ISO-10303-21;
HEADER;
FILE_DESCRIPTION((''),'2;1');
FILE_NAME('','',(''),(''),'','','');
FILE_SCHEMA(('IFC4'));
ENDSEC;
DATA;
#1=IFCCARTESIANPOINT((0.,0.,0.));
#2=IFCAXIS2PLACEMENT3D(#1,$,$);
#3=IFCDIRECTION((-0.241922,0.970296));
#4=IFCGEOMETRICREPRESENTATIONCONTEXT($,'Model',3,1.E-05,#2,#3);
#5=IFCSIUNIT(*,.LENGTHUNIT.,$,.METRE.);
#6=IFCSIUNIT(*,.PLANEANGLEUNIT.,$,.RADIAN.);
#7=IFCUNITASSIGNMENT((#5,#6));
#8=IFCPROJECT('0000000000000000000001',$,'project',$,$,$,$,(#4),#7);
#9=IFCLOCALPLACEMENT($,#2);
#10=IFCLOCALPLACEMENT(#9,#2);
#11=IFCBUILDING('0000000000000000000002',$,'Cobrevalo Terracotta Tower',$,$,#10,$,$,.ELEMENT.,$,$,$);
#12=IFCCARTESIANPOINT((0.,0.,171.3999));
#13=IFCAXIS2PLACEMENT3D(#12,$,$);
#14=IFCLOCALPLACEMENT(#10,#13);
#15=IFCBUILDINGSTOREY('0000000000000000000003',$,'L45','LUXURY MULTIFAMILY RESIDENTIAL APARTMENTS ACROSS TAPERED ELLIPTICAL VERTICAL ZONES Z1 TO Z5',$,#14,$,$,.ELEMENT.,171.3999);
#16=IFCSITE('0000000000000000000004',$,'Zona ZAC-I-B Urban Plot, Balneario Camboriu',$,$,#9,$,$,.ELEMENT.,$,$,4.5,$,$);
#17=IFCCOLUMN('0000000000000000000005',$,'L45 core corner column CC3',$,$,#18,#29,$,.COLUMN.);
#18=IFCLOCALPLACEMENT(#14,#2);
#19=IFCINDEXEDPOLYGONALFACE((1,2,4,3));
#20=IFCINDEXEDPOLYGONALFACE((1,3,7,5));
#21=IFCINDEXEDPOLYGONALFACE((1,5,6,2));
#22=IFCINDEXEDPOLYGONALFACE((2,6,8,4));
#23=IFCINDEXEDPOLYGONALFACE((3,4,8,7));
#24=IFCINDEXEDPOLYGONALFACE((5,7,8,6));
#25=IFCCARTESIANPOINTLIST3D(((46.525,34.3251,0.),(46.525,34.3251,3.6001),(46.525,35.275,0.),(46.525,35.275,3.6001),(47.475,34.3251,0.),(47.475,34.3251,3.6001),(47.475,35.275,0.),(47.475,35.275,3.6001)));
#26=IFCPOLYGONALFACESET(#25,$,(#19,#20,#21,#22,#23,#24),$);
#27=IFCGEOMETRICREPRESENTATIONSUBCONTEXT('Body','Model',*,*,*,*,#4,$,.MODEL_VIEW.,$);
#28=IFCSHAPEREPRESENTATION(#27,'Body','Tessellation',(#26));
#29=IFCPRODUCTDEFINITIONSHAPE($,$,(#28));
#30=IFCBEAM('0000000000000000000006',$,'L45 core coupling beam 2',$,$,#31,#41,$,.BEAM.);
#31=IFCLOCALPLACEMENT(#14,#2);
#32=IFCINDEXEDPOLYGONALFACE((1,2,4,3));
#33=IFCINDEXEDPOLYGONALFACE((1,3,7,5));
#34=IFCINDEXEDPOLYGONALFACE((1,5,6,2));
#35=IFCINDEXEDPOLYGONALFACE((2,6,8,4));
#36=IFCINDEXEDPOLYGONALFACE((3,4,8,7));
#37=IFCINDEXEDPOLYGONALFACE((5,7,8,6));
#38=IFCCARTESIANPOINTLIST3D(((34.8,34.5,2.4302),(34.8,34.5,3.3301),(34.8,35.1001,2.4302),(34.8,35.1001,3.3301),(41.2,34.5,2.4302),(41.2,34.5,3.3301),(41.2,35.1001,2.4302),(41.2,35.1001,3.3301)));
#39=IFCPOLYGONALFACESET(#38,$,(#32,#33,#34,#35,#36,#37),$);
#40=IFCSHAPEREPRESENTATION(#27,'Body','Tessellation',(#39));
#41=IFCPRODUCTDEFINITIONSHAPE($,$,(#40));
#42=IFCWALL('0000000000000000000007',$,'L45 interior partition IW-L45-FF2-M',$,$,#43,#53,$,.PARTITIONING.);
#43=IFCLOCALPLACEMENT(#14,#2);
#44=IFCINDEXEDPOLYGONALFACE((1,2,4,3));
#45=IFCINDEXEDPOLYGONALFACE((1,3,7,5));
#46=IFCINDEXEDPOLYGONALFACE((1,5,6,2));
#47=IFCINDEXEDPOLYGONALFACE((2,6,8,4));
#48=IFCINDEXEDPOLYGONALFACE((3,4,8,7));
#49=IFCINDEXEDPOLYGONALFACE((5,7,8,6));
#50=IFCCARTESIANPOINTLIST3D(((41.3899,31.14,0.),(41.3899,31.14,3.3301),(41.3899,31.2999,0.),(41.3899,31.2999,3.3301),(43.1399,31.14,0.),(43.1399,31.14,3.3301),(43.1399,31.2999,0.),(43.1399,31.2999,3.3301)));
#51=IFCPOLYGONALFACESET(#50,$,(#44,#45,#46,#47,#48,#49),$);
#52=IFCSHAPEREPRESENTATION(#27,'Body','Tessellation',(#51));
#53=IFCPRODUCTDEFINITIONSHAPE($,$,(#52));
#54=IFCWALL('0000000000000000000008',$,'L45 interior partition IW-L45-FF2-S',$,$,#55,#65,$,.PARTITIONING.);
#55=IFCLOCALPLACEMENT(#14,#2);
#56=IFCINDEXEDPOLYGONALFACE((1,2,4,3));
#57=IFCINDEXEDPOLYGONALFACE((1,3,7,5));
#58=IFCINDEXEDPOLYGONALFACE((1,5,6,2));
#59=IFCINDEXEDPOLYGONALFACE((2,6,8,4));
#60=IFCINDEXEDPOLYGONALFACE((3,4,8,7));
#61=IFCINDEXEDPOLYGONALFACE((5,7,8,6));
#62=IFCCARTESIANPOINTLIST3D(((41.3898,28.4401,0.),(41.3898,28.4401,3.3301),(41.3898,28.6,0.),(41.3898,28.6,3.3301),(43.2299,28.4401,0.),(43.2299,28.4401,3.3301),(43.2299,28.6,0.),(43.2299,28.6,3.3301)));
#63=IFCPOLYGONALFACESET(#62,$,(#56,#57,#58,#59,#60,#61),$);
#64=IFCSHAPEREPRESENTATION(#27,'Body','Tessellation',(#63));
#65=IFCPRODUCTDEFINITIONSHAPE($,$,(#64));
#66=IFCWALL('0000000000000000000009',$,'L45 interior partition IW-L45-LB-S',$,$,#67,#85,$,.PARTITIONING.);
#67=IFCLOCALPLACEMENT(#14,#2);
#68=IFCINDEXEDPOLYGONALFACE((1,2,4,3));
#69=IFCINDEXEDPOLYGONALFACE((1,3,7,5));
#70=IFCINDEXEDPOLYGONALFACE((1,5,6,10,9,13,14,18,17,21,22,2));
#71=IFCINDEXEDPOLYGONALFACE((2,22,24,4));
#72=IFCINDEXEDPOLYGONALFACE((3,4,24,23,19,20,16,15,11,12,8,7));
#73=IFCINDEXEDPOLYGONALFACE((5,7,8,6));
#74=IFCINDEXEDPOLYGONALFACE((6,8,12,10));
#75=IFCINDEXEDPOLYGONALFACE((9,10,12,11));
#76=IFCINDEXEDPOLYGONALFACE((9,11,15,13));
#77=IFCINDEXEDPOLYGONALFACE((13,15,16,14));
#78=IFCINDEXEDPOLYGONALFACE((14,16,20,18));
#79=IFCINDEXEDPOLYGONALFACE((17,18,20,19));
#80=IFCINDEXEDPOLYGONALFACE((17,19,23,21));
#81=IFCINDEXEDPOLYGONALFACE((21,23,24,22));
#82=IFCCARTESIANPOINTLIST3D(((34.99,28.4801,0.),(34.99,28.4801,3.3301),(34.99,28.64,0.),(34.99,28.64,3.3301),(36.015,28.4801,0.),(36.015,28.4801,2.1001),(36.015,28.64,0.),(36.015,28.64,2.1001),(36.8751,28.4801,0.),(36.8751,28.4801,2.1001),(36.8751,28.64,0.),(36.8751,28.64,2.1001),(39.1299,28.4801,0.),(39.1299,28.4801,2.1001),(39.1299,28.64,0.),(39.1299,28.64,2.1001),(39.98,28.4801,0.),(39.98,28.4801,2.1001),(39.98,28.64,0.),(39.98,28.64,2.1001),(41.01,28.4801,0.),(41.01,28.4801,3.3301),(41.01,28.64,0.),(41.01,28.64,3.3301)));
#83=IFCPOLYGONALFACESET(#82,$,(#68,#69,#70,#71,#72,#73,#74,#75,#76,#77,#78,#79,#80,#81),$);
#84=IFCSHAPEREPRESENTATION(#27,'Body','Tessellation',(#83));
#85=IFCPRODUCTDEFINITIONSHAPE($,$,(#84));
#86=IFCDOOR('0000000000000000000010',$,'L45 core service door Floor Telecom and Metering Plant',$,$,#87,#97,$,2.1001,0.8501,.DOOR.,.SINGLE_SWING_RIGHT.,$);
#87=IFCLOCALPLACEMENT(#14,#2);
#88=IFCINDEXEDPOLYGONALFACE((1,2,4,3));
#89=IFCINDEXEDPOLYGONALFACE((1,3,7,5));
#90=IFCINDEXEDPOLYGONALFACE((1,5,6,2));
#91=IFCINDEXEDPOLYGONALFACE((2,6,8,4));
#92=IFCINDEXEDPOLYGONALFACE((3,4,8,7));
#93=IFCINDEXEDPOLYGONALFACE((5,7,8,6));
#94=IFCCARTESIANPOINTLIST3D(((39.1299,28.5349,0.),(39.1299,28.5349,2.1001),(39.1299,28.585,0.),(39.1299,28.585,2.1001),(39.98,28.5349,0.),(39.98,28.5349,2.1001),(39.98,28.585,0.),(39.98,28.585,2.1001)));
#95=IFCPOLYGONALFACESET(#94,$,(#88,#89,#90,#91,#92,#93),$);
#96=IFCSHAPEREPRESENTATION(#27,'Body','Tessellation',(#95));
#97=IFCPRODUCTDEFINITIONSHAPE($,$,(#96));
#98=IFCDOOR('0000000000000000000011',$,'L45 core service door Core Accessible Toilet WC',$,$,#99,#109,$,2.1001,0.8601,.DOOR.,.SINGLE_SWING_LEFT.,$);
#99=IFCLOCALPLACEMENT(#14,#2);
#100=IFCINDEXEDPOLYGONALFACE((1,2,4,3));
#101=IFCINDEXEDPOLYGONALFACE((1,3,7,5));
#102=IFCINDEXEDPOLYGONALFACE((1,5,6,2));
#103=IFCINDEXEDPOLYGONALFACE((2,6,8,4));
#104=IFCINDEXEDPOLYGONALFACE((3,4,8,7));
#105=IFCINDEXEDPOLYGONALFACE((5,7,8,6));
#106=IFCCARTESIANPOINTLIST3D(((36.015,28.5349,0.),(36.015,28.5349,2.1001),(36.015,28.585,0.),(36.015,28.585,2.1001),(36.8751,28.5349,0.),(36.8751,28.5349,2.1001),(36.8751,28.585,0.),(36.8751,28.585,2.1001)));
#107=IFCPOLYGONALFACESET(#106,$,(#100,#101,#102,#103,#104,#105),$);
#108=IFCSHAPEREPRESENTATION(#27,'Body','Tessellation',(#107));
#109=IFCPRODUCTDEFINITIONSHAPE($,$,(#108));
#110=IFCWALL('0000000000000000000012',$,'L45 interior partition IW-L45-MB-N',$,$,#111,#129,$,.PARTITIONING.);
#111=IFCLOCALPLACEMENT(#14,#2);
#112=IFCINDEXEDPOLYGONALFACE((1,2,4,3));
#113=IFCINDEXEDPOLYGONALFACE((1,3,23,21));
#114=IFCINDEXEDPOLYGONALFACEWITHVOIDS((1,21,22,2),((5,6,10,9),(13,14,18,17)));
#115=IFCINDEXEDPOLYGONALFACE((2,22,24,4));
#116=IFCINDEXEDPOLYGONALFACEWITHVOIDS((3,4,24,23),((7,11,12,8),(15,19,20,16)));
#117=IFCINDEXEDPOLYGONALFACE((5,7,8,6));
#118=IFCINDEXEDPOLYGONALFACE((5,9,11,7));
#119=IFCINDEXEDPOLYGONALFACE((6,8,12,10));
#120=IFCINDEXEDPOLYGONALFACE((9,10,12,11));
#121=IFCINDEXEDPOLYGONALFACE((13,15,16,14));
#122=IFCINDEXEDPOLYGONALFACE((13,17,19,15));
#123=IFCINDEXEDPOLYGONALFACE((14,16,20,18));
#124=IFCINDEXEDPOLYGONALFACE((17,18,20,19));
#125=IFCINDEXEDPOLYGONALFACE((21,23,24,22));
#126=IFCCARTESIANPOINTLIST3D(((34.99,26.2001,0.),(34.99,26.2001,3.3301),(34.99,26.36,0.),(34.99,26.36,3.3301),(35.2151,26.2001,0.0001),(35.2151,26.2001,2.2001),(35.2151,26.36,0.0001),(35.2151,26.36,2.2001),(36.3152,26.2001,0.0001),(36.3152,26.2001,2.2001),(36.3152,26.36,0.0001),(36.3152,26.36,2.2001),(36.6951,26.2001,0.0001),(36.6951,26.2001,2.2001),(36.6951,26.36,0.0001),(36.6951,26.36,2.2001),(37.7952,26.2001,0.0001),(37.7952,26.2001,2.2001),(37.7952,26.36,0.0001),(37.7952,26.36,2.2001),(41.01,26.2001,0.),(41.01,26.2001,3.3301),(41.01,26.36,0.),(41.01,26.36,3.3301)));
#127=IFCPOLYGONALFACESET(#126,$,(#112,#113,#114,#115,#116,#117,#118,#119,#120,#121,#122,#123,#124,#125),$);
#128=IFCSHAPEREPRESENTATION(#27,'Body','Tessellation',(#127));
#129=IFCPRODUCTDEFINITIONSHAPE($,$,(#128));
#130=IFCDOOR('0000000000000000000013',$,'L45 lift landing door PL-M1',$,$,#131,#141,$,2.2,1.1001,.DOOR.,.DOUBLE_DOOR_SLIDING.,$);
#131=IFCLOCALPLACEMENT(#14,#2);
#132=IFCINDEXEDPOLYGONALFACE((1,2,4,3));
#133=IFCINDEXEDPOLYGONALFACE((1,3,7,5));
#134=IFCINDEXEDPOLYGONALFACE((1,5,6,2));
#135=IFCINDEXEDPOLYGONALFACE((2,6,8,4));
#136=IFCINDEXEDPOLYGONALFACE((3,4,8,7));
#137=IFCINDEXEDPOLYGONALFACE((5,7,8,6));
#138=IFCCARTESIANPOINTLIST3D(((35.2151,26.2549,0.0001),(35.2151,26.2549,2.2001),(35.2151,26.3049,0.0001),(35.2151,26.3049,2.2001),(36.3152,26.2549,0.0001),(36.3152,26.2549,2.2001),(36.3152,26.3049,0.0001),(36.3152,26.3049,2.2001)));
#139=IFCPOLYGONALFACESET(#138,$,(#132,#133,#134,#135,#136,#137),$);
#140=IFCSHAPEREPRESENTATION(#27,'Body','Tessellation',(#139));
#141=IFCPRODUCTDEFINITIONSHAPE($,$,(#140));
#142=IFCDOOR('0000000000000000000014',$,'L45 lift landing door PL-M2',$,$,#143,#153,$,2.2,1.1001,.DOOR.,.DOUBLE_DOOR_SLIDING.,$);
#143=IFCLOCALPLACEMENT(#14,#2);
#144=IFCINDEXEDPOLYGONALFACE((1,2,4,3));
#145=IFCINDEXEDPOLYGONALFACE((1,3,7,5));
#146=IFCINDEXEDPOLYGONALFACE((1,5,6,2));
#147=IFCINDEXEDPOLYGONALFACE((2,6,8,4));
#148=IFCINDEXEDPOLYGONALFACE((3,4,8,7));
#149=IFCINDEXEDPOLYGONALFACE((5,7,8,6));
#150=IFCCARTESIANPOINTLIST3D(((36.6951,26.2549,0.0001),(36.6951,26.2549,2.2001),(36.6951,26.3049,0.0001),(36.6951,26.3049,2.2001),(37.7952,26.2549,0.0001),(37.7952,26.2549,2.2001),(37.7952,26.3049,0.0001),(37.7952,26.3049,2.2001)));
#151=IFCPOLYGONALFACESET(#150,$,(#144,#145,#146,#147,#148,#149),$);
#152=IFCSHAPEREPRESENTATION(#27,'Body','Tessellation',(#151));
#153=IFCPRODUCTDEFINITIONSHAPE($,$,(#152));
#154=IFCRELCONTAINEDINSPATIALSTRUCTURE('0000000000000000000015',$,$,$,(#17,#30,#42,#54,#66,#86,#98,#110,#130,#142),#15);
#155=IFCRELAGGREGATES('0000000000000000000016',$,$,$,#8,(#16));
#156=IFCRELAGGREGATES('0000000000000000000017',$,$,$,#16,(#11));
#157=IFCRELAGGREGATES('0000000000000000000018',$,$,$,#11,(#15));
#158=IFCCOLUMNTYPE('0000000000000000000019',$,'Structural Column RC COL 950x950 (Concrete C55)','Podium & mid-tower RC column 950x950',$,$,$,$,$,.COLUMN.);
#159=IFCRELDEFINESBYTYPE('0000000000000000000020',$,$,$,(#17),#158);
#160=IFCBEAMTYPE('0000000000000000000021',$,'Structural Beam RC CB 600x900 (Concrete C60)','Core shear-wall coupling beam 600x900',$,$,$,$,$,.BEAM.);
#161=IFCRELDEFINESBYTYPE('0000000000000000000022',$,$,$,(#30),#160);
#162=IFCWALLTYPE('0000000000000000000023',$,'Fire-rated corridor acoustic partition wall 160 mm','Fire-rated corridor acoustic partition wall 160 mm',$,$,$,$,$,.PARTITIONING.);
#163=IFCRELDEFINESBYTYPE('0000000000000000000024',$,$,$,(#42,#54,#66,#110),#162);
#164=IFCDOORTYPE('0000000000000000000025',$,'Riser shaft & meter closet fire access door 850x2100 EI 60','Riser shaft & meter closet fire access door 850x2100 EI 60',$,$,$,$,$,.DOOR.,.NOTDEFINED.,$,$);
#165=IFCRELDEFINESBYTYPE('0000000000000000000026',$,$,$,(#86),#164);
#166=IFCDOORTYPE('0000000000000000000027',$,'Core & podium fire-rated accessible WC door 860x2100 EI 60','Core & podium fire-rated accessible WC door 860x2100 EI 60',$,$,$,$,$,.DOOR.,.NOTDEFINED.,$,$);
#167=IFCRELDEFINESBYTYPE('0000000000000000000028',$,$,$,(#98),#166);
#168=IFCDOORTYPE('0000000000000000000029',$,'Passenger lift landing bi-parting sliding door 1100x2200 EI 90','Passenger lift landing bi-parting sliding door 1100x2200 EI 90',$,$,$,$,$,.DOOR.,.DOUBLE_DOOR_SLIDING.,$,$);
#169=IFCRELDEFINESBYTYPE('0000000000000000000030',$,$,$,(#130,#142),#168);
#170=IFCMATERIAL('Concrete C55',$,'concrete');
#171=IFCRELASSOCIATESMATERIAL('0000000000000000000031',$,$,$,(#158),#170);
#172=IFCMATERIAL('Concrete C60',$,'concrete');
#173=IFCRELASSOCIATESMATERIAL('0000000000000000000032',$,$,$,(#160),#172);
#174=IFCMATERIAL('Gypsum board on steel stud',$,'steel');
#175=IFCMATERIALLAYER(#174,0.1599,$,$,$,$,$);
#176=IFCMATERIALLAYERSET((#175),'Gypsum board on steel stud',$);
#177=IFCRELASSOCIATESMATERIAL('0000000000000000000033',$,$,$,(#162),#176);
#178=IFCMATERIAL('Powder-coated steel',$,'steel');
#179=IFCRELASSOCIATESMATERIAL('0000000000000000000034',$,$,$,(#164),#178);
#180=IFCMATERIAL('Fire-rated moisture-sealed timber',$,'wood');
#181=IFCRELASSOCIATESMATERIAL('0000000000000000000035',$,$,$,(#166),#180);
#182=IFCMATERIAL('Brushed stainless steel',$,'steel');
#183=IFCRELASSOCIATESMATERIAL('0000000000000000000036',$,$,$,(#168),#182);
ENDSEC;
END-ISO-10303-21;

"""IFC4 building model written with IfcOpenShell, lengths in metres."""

from ifc_helpers import new_model, si_unit, direction, frame, frame_2d, origin, origin_2d, place, context, subcontext, project, spatial, rectangle, extrude, source, transform, mapped, material, layer, layer_set, material_profile, profile_set, type_object, element, fill, save


model = new_model("IFC4")

# Units and contexts
model_context = context("Model", 3, precision=1e-05, world=origin(), true_north=direction((-0.241922, 0.970296)))
body_context = subcontext(model_context, "Body", "Model", "MODEL_VIEW")
ifc_project = project(units=[si_unit("LENGTHUNIT", "METRE"), si_unit("PLANEANGLEUNIT", "RADIAN")], contexts=[model_context])

# Site, building, storey
site_placement = place(None, origin())
site = spatial("IfcSite", under=ifc_project, at=site_placement, Name="Zona ZAC-I-B Urban Plot, Balneario Camboriu", CompositionType="ELEMENT", RefElevation=4.5)
building_placement = place(site_placement, origin())
building = spatial("IfcBuilding", under=site, at=building_placement, Name="Cobrevalo Terracotta Tower", CompositionType="ELEMENT")
storey_placement = place(building_placement, frame((0.0, 0.0, 171.3999)))
storey = spatial("IfcBuildingStorey", under=building, at=storey_placement, Name="L45", Description="LUXURY MULTIFAMILY RESIDENTIAL APARTMENTS ACROSS TAPERED ELLIPTICAL VERTICAL ZONES Z1 TO Z5", CompositionType="ELEMENT", Elevation=171.3999)

# Column
ifc_material_1 = material(Name="Concrete C55", Category="concrete")
ifc_material_profile_1 = material_profile(ifc_material_1, rectangle(XDim=0.95, YDim=0.95, at=origin_2d()), Name="RC COL 950x950")
ifc_profile_set_1 = profile_set([ifc_material_profile_1], Name="Concrete C55")
column_type = type_object("IfcColumnType", Name="Structural Column RC COL 950x950 (Concrete C55)", Description="Podium & mid-tower RC column 950x950", PredefinedType="COLUMN", material=ifc_profile_set_1)
column_placement = place(storey_placement, frame((47.0, 34.8, 0.0), z_axis=(0.0, 0.0, 1.0), x_axis=(1.0, 0.0, 0.0)))
element("IfcColumn", 1, at=column_placement, inside=storey, type_object=column_type, Name="L45 core corner column CC3", PredefinedType="COLUMN", context=body_context, shape_type="SweptSolid", body=[
    extrude(rectangle(XDim=0.95, YDim=0.95, at=origin_2d()), origin(), (0.0, 0.0, 1.0), 3.6001),
])

# Beam
ifc_material_2 = material(Name="Concrete C60", Category="concrete")
ifc_material_profile_2 = material_profile(ifc_material_2, rectangle(XDim=0.6001, YDim=0.8999, at=origin_2d()), Name="RC CB 600x900")
ifc_profile_set_2 = profile_set([ifc_material_profile_2], Name="Concrete C60")
beam_type = type_object("IfcBeamType", Name="Structural Beam RC CB 600x900 (Concrete C60)", Description="Core shear-wall coupling beam 600x900", PredefinedType="BEAM", material=ifc_profile_set_2)
beam_placement = place(storey_placement, frame((34.8, 34.8, 2.8801), z_axis=(1.0, 0.0, 0.0), x_axis=(0.0, 1.0, 0.0)))
element("IfcBeam", 2, at=beam_placement, inside=storey, type_object=beam_type, Name="L45 core coupling beam 2", PredefinedType="BEAM", context=body_context, shape_type="SweptSolid", body=[
    extrude(rectangle(XDim=0.6001, YDim=0.8999, at=origin_2d()), origin(), (0.0, 0.0, 1.0), 6.3999),
])

# Walls
ifc_material_3 = material(Name="Gypsum board on steel stud", Category="steel")
ifc_layer_1 = layer(ifc_material_3, 0.1599)
ifc_layer_set_1 = layer_set([ifc_layer_1], Name="Gypsum board on steel stud")
wall_type_1 = type_object("IfcWallType", Name="Fire-rated corridor acoustic partition wall 160 mm", Description="Fire-rated corridor acoustic partition wall 160 mm", PredefinedType="PARTITIONING", material=ifc_layer_set_1)
wall_1_placement = place(storey_placement, frame((41.3899, 31.22, 0.0), z_axis=(0.0, 0.0, 1.0), x_axis=(1.0, 0.0, 0.0)))
element("IfcWall", 3, at=wall_1_placement, inside=storey, type_object=wall_type_1, Name="L45 interior partition IW-L45-FF2-M", PredefinedType="PARTITIONING", context=body_context, shape_type="SweptSolid", body=[
    extrude(rectangle(XDim=1.75, YDim=0.1599, at=frame_2d((0.875, 0.0))), origin(), (0.0, 0.0, 1.0), 3.3301),
])
wall_2_placement = place(storey_placement, frame((41.3899, 28.52, 0.0), z_axis=(0.0, 0.0, 1.0), x_axis=(1.0, 0.0, 0.0)))
element("IfcWall", 4, at=wall_2_placement, inside=storey, type_object=wall_type_1, Name="L45 interior partition IW-L45-FF2-S", PredefinedType="PARTITIONING", context=body_context, shape_type="SweptSolid", body=[
    extrude(rectangle(XDim=1.8401, YDim=0.1599, at=frame_2d((0.9199, 0.0))), origin(), (0.0, 0.0, 1.0), 3.3301),
])

# Walls, openings, doors
wall_3_placement = place(storey_placement, frame((34.99, 28.5601, 0.0), z_axis=(0.0, 0.0, 1.0), x_axis=(1.0, 0.0, 0.0)))
wall_3 = element("IfcWall", 5, at=wall_3_placement, inside=storey, type_object=wall_type_1, Name="L45 interior partition IW-L45-LB-S", PredefinedType="PARTITIONING", context=body_context, shape_type="SweptSolid", body=[
    extrude(rectangle(XDim=6.02, YDim=0.1599, at=frame_2d((3.01, 0.0))), origin(), (0.0, 0.0, 1.0), 3.3301),
])
opening_1_placement = place(wall_3_placement, frame((1.0249, 0.0, 0.0)))
opening_1 = element("IfcOpeningElement", 6, at=opening_1_placement, cuts=wall_3, PredefinedType="OPENING", context=body_context, shape_type="SweptSolid", body=[
    extrude(rectangle(XDim=0.8601, YDim=2.1001, at=frame_2d((0.4302, 1.05))), frame((0.0, 0.0898, 0.0), z_axis=(0.0, -1.0, 0.0), x_axis=(1.0, 0.0, 0.0)), (0.0, 0.0, 1.0), 0.1799),
])
opening_2_placement = place(wall_3_placement, frame((4.1399, 0.0, 0.0)))
opening_2 = element("IfcOpeningElement", 7, at=opening_2_placement, cuts=wall_3, PredefinedType="OPENING", context=body_context, shape_type="SweptSolid", body=[
    extrude(rectangle(XDim=0.8501, YDim=2.1001, at=frame_2d((0.425, 1.05))), frame((0.0, 0.0898, 0.0), z_axis=(0.0, -1.0, 0.0), x_axis=(1.0, 0.0, 0.0)), (0.0, 0.0, 1.0), 0.1799),
])
ifc_material_4 = material(Name="Powder-coated steel", Category="steel")
door_type_1 = type_object("IfcDoorType", Name="Riser shaft & meter closet fire access door 850x2100 EI 60", Description="Riser shaft & meter closet fire access door 850x2100 EI 60", OperationType="NOTDEFINED", PredefinedType="DOOR", material=ifc_material_4)
shared_shape_1 = source(origin(), body_context, "Body", "SweptSolid", [
    extrude(rectangle(XDim=0.8501, YDim=2.1001, at=frame_2d((0.425, 1.05))), frame((0.0, 0.0249, 0.0), z_axis=(0.0, -1.0, 0.0), x_axis=(1.0, 0.0, 0.0)), (0.0, 0.0, 1.0), 0.05),
])
door_1_placement = place(opening_2_placement, origin())
door_1 = element("IfcDoor", 8, at=door_1_placement, inside=storey, type_object=door_type_1, Name="L45 core service door Floor Telecom and Metering Plant", OperationType="SINGLE_SWING_RIGHT", OverallHeight=2.1001, OverallWidth=0.8501, PredefinedType="DOOR", context=body_context, shape_type="MappedRepresentation", body=[
    mapped(shared_shape_1, transform((0.0, 0.0, 0.0), scale=1.0)),
])
fill(opening_2, door_1)
ifc_material_5 = material(Name="Fire-rated moisture-sealed timber", Category="wood")
door_type_2 = type_object("IfcDoorType", Name="Core & podium fire-rated accessible WC door 860x2100 EI 60", Description="Core & podium fire-rated accessible WC door 860x2100 EI 60", OperationType="NOTDEFINED", PredefinedType="DOOR", material=ifc_material_5)
shared_shape_2 = source(origin(), body_context, "Body", "SweptSolid", [
    extrude(rectangle(XDim=0.8601, YDim=2.1001, at=frame_2d((0.4302, 1.05))), frame((0.0, 0.0249, 0.0), z_axis=(0.0, -1.0, 0.0), x_axis=(1.0, 0.0, 0.0)), (0.0, 0.0, 1.0), 0.05),
])
door_2_placement = place(opening_1_placement, origin())
door_2 = element("IfcDoor", 9, at=door_2_placement, inside=storey, type_object=door_type_2, Name="L45 core service door Core Accessible Toilet WC", OperationType="SINGLE_SWING_LEFT", OverallHeight=2.1001, OverallWidth=0.8601, PredefinedType="DOOR", context=body_context, shape_type="MappedRepresentation", body=[
    mapped(shared_shape_2, transform((0.0, 0.0, 0.0), scale=1.0)),
])
fill(opening_1, door_2)
wall_4_placement = place(storey_placement, frame((34.99, 26.28, 0.0), z_axis=(0.0, 0.0, 1.0), x_axis=(1.0, 0.0, 0.0)))
wall_4 = element("IfcWall", 10, at=wall_4_placement, inside=storey, type_object=wall_type_1, Name="L45 interior partition IW-L45-MB-N", PredefinedType="PARTITIONING", context=body_context, shape_type="SweptSolid", body=[
    extrude(rectangle(XDim=6.02, YDim=0.1599, at=frame_2d((3.01, 0.0))), origin(), (0.0, 0.0, 1.0), 3.3301),
])
opening_3_placement = place(wall_4_placement, frame((0.2251, 0.0, 0.0)))
opening_3 = element("IfcOpeningElement", 11, at=opening_3_placement, cuts=wall_4, PredefinedType="OPENING", context=body_context, shape_type="SweptSolid", body=[
    extrude(rectangle(XDim=1.1001, YDim=2.2, at=frame_2d((0.55, 1.1001))), frame((0.0, 0.0898, 0.0), z_axis=(0.0, -1.0, 0.0), x_axis=(1.0, 0.0, 0.0)), (0.0, 0.0, 1.0), 0.1799),
])
opening_4_placement = place(wall_4_placement, frame((1.7051, 0.0, 0.0)))
opening_4 = element("IfcOpeningElement", 12, at=opening_4_placement, cuts=wall_4, PredefinedType="OPENING", context=body_context, shape_type="SweptSolid", body=[
    extrude(rectangle(XDim=1.1001, YDim=2.2, at=frame_2d((0.55, 1.1001))), frame((0.0, 0.0898, 0.0), z_axis=(0.0, -1.0, 0.0), x_axis=(1.0, 0.0, 0.0)), (0.0, 0.0, 1.0), 0.1799),
])
ifc_material_6 = material(Name="Brushed stainless steel", Category="steel")
door_type_3 = type_object("IfcDoorType", Name="Passenger lift landing bi-parting sliding door 1100x2200 EI 90", Description="Passenger lift landing bi-parting sliding door 1100x2200 EI 90", OperationType="DOUBLE_DOOR_SLIDING", PredefinedType="DOOR", material=ifc_material_6)
shared_shape_3 = source(origin(), body_context, "Body", "SweptSolid", [
    extrude(rectangle(XDim=1.1001, YDim=2.2, at=frame_2d((0.55, 1.1001))), frame((0.0, 0.0249, 0.0), z_axis=(0.0, -1.0, 0.0), x_axis=(1.0, 0.0, 0.0)), (0.0, 0.0, 1.0), 0.05),
])
door_3_placement = place(opening_3_placement, origin())
door_3 = element("IfcDoor", 13, at=door_3_placement, inside=storey, type_object=door_type_3, Name="L45 lift landing door PL-M1", OperationType="DOUBLE_DOOR_SLIDING", OverallHeight=2.2, OverallWidth=1.1001, PredefinedType="DOOR", context=body_context, shape_type="MappedRepresentation", body=[
    mapped(shared_shape_3, transform((0.0, 0.0, 0.0), scale=1.0)),
])
fill(opening_3, door_3)
door_4_placement = place(opening_4_placement, origin())
door_4 = element("IfcDoor", 14, at=door_4_placement, inside=storey, type_object=door_type_3, Name="L45 lift landing door PL-M2", OperationType="DOUBLE_DOOR_SLIDING", OverallHeight=2.2, OverallWidth=1.1001, PredefinedType="DOOR", context=body_context, shape_type="MappedRepresentation", body=[
    mapped(shared_shape_3, transform((0.0, 0.0, 0.0), scale=1.0)),
])
fill(opening_4, door_4)

save(model, "model.ifc")
